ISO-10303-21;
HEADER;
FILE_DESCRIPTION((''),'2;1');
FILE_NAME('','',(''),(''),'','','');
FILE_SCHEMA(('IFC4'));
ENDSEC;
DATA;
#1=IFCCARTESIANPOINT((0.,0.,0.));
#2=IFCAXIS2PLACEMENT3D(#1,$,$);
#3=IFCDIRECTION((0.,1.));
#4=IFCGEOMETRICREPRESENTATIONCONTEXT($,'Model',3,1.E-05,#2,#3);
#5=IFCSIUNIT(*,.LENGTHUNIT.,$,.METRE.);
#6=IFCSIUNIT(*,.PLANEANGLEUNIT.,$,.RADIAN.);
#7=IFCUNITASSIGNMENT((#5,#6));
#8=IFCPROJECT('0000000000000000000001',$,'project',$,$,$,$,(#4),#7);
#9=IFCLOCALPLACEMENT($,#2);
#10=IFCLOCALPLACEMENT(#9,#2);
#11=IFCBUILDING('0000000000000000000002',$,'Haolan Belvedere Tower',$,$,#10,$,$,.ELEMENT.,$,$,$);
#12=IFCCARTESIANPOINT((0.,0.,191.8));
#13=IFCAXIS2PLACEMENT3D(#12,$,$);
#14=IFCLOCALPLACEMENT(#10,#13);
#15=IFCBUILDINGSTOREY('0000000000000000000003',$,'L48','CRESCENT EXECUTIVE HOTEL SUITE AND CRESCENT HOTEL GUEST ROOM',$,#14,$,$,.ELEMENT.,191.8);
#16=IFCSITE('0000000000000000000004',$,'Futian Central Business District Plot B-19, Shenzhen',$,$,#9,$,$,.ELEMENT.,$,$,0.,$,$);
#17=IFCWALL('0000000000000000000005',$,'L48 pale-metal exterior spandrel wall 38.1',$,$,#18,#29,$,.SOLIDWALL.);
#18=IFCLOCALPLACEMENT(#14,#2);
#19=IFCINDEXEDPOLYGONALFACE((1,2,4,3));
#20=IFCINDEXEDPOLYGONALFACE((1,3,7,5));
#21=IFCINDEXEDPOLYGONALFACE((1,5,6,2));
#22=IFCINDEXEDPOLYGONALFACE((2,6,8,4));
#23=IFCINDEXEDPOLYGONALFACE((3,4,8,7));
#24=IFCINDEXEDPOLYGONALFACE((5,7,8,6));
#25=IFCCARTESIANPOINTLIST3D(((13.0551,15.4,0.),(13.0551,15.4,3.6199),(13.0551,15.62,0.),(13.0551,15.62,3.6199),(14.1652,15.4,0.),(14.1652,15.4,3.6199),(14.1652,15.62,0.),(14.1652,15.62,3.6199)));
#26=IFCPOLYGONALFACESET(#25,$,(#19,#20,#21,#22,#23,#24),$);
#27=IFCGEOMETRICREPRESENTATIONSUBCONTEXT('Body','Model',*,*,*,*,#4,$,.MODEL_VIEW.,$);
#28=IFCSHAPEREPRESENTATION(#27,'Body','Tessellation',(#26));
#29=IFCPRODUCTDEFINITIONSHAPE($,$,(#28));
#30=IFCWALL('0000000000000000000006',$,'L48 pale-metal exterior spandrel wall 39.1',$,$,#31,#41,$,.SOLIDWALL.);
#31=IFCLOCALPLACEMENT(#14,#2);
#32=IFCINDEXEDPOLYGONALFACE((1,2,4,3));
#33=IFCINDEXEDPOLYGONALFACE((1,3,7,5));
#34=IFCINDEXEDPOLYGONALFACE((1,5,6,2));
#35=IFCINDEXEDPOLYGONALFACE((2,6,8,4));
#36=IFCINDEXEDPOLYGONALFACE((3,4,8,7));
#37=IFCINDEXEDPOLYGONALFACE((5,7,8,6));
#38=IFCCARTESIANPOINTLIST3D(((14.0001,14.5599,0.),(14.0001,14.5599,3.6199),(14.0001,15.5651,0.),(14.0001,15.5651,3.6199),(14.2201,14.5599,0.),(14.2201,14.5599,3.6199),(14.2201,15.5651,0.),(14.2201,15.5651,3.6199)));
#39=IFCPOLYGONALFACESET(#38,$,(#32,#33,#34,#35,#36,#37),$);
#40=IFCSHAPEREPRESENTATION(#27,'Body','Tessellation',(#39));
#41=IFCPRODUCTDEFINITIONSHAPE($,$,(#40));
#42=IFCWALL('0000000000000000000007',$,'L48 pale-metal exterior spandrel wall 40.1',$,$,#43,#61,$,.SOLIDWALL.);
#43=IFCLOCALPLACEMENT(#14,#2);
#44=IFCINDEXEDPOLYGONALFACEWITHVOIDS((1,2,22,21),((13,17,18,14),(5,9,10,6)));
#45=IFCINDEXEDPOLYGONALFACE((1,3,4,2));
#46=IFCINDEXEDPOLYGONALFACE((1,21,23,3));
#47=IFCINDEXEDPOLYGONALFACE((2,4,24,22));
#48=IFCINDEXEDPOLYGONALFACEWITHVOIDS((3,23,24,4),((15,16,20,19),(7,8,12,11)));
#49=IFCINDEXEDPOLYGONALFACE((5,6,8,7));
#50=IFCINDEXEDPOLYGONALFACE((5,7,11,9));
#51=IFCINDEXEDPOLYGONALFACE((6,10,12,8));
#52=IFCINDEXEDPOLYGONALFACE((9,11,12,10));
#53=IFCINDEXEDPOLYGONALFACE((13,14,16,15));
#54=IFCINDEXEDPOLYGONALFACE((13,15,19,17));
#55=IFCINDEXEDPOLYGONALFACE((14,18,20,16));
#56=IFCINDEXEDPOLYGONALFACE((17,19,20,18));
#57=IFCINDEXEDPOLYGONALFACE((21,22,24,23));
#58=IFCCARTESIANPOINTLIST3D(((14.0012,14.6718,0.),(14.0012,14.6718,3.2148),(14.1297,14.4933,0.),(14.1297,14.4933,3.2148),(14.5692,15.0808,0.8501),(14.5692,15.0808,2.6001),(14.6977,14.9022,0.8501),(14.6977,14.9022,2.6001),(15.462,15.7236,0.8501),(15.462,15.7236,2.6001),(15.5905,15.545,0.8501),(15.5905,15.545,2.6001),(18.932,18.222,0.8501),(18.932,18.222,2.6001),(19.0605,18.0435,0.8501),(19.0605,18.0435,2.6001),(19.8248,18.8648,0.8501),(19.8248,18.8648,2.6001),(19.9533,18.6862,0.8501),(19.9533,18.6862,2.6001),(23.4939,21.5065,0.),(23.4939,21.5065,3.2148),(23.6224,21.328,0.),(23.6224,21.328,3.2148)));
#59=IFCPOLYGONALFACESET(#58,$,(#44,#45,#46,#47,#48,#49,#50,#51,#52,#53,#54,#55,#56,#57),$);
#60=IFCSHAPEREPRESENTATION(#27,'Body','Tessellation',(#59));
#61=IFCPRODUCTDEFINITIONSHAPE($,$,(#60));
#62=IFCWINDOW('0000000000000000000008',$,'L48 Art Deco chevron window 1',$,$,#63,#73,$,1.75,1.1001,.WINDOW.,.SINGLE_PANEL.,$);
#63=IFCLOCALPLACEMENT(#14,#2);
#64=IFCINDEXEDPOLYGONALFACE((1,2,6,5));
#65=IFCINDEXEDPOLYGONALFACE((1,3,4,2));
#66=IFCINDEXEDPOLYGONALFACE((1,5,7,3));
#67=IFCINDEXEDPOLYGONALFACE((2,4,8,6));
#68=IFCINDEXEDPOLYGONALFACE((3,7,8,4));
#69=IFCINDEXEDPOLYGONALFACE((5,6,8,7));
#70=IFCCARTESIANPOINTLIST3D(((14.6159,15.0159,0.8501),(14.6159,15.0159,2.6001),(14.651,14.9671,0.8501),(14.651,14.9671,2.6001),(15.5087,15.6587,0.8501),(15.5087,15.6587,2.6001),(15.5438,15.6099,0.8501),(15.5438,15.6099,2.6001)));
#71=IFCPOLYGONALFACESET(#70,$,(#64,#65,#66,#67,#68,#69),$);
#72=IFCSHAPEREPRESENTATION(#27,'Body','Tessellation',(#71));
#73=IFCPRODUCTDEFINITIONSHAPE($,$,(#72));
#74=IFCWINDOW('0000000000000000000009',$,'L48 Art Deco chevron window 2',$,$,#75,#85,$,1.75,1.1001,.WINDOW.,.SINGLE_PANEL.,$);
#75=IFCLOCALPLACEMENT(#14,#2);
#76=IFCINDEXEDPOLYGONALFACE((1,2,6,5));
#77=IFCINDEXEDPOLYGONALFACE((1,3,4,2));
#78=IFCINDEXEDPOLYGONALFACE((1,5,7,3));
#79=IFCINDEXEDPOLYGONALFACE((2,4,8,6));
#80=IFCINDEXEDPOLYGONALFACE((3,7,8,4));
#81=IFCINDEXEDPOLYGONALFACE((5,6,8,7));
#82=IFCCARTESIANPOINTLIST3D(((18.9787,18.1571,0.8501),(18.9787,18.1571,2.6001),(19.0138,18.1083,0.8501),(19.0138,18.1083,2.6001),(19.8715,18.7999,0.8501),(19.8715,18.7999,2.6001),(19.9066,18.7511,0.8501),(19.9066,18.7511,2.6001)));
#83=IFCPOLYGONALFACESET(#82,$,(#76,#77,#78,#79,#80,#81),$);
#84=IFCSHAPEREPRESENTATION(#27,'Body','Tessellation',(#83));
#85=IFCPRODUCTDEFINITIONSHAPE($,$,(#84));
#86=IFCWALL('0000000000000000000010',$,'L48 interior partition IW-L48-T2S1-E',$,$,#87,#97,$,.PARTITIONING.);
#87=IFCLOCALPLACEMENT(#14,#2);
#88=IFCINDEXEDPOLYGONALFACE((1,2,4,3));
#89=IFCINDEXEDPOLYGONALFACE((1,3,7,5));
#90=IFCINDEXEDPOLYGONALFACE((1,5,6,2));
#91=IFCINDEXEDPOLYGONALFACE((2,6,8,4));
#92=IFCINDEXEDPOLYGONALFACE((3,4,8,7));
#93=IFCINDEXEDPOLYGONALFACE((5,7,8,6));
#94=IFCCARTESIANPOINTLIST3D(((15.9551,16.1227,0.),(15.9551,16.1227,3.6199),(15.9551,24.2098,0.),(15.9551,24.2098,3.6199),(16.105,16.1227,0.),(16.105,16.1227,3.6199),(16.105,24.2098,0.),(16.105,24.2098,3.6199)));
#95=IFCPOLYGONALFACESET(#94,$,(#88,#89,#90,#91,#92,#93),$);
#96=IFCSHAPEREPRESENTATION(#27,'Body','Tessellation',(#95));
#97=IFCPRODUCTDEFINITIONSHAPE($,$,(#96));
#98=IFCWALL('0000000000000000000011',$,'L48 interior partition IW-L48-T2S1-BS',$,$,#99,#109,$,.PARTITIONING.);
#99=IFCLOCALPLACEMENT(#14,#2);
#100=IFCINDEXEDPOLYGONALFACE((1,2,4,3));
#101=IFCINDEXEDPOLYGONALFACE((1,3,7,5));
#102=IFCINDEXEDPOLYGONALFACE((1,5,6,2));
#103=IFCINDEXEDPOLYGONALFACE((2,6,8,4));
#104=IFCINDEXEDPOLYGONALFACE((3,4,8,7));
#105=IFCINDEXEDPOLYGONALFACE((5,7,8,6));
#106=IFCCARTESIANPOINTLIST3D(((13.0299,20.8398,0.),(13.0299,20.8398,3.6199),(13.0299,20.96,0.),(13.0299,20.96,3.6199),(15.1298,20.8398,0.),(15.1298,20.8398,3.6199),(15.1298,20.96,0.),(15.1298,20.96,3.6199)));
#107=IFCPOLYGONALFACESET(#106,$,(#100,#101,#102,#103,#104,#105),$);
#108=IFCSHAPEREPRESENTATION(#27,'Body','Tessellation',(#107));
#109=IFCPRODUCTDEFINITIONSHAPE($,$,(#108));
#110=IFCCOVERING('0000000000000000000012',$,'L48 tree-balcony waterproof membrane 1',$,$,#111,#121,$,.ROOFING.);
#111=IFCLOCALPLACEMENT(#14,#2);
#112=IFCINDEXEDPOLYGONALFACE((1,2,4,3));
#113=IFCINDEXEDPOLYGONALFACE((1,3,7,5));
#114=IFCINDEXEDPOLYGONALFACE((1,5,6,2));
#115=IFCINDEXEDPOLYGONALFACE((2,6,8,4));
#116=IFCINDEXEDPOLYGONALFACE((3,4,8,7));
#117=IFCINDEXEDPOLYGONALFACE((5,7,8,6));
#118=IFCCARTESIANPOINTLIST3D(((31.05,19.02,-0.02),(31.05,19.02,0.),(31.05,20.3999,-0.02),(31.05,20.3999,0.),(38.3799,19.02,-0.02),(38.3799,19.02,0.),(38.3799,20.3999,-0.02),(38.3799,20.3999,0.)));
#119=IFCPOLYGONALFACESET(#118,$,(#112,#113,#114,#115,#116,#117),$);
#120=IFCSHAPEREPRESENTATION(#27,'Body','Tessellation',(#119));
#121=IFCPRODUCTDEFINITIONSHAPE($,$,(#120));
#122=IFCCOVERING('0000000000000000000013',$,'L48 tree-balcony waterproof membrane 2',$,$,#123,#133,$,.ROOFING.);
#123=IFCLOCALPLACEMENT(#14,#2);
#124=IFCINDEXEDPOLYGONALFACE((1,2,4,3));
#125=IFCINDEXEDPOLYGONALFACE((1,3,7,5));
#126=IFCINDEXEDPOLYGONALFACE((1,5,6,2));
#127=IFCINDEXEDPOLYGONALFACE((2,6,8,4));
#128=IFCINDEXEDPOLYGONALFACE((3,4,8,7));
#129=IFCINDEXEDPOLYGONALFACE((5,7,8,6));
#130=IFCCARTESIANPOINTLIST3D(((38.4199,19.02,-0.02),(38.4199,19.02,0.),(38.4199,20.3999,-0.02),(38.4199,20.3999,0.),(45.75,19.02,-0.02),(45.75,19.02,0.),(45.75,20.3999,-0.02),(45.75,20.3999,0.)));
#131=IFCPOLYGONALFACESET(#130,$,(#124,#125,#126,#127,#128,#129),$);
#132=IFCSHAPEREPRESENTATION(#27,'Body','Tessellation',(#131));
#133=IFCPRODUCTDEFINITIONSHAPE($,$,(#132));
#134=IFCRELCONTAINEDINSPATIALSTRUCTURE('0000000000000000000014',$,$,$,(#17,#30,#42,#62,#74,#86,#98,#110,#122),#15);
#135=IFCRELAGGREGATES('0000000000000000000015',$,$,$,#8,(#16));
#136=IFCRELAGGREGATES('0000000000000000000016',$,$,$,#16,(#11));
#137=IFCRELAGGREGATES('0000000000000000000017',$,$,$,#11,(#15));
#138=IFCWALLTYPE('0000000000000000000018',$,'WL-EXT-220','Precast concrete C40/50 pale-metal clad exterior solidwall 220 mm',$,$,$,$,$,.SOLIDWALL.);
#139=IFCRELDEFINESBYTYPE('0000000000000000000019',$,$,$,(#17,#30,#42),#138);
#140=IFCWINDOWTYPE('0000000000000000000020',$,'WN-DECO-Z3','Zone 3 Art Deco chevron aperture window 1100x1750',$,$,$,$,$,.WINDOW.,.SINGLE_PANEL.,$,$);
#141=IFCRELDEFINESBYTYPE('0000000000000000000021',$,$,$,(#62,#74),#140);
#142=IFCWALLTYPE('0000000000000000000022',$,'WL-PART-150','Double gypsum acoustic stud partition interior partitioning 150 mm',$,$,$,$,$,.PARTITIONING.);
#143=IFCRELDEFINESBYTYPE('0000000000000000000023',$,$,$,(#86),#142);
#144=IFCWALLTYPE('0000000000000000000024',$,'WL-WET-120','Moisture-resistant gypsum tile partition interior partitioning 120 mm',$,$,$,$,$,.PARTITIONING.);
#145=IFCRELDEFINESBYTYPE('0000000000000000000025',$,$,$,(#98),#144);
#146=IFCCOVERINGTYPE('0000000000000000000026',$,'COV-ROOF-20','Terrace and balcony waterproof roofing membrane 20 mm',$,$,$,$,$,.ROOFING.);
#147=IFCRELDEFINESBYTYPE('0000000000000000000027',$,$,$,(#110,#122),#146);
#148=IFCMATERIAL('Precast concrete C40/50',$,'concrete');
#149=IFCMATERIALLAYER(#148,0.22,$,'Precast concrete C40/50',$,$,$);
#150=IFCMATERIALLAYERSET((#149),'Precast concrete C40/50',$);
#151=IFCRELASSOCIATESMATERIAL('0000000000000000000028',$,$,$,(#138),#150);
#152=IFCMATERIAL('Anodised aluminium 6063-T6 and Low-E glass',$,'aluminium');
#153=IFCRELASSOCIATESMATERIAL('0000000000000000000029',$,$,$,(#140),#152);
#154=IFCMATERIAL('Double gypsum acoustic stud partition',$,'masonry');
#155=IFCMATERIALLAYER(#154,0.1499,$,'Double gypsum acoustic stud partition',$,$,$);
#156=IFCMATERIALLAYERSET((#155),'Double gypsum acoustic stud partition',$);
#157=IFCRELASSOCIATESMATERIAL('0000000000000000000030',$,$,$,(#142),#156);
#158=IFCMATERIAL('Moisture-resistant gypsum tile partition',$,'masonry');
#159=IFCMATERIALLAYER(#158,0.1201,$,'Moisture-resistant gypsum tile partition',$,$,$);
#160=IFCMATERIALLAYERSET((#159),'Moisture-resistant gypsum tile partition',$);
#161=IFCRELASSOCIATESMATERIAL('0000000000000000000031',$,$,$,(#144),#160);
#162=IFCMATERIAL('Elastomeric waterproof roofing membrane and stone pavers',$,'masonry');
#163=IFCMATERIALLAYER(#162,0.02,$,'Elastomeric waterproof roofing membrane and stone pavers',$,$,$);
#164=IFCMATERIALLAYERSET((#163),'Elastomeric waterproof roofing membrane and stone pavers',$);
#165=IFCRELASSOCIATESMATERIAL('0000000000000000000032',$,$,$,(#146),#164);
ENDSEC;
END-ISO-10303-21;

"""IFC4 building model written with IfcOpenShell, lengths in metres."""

from ifc_helpers import new_model, si_unit, direction, frame, frame_2d, origin, place, context, subcontext, project, spatial, polyline, rectangle, outline, extrude, material, layer, layer_set, type_object, element, fill, save


model = new_model("IFC4")

# Units and contexts
model_context = context("Model", 3, precision=1e-05, world=origin(), true_north=direction((0.0, 1.0)))
body_context = subcontext(model_context, "Body", "Model", "MODEL_VIEW")
ifc_project = project(units=[si_unit("LENGTHUNIT", "METRE"), si_unit("PLANEANGLEUNIT", "RADIAN")], contexts=[model_context])

# Site, building, storey
site_placement = place(None, origin())
site = spatial("IfcSite", under=ifc_project, at=site_placement, Name="Futian Central Business District Plot B-19, Shenzhen", CompositionType="ELEMENT", RefElevation=0.0)
building_placement = place(site_placement, origin())
building = spatial("IfcBuilding", under=site, at=building_placement, Name="Haolan Belvedere Tower", CompositionType="ELEMENT")
storey_placement = place(building_placement, frame((0.0, 0.0, 191.8)))
storey = spatial("IfcBuildingStorey", under=building, at=storey_placement, Name="L48", Description="CRESCENT EXECUTIVE HOTEL SUITE AND CRESCENT HOTEL GUEST ROOM", CompositionType="ELEMENT", Elevation=191.8)

# Walls
ifc_material_1 = material(Name="Precast concrete C40/50", Category="concrete")
ifc_layer_1 = layer(ifc_material_1, 0.22, Name="Precast concrete C40/50")
ifc_layer_set_1 = layer_set([ifc_layer_1], Name="Precast concrete C40/50")
wall_type_1 = type_object("IfcWallType", Name="WL-EXT-220", Description="Precast concrete C40/50 pale-metal clad exterior solidwall 220 mm", PredefinedType="SOLIDWALL", material=ifc_layer_set_1)
wall_1_placement = place(storey_placement, frame((13.0549, 15.51, 0.0), z_axis=(0.0, 0.0, 1.0), x_axis=(1.0, 0.0, 0.0)))
element("IfcWall", 1, at=wall_1_placement, inside=storey, type_object=wall_type_1, Name="L48 pale-metal exterior spandrel wall 38.1", PredefinedType="SOLIDWALL", context=body_context, shape_type="SweptSolid", body=[
    extrude(rectangle(XDim=1.1101, YDim=0.22, at=frame_2d((0.5552, 0.0))), origin(), (0.0, 0.0, 1.0), 3.6199),
])
wall_2_placement = place(storey_placement, frame((14.1101, 15.5649, 0.0), z_axis=(0.0, 0.0, 1.0), x_axis=(0.0, -1.0, 0.0)))
element("IfcWall", 2, at=wall_2_placement, inside=storey, type_object=wall_type_1, Name="L48 pale-metal exterior spandrel wall 39.1", PredefinedType="SOLIDWALL", context=body_context, shape_type="SweptSolid", body=[
    extrude(rectangle(XDim=1.0051, YDim=0.22, at=frame_2d((0.5024, 0.0))), origin(), (0.0, 0.0, 1.0), 3.6199),
])

# Wall, openings, windows
wall_3_placement = place(storey_placement, frame((14.0654, 14.5825, 0.0), z_axis=(0.0, 0.0, 1.0), x_axis=(0.811535, 0.584304, 0.0)))
wall_3 = element("IfcWall", 3, at=wall_3_placement, inside=storey, type_object=wall_type_1, Name="L48 pale-metal exterior spandrel wall 40.1", PredefinedType="SOLIDWALL", context=body_context, shape_type="SweptSolid", body=[
    extrude(rectangle(XDim=11.6973, YDim=0.22, at=frame_2d((5.8486, 0.0))), origin(), (0.0, 0.0, 1.0), 3.2148),
])
opening_1_placement = place(wall_3_placement, frame((0.7, 0.0, 0.8501)))
opening_1 = element("IfcOpeningElement", 4, at=opening_1_placement, cuts=wall_3, PredefinedType="OPENING", context=body_context, shape_type="SweptSolid", body=[
    extrude(rectangle(XDim=1.1001, YDim=1.75, at=frame_2d((0.55, 0.875))), frame((0.0, 0.1199, 0.0), z_axis=(0.0, -1.0, 0.0), x_axis=(1.0, 0.0, 0.0)), (0.0, 0.0, 1.0), 0.24),
])
opening_2_placement = place(wall_3_placement, frame((6.0759, 0.0, 0.8501)))
opening_2 = element("IfcOpeningElement", 5, at=opening_2_placement, cuts=wall_3, PredefinedType="OPENING", context=body_context, shape_type="SweptSolid", body=[
    extrude(rectangle(XDim=1.1001, YDim=1.75, at=frame_2d((0.55, 0.875))), frame((0.0, 0.1199, 0.0), z_axis=(0.0, -1.0, 0.0), x_axis=(1.0, 0.0, 0.0)), (0.0, 0.0, 1.0), 0.24),
])
ifc_material_2 = material(Name="Anodised aluminium 6063-T6 and Low-E glass", Category="aluminium")
window_type = type_object("IfcWindowType", Name="WN-DECO-Z3", Description="Zone 3 Art Deco chevron aperture window 1100x1750", PartitioningType="SINGLE_PANEL", PredefinedType="WINDOW", material=ifc_material_2)
window_1_placement = place(opening_1_placement, origin())
window_1 = element("IfcWindow", 6, at=window_1_placement, inside=storey, type_object=window_type, Name="L48 Art Deco chevron window 1", OverallHeight=1.75, OverallWidth=1.1001, PartitioningType="SINGLE_PANEL", PredefinedType="WINDOW", context=body_context, shape_type="SweptSolid", body=[
    extrude(rectangle(XDim=1.1001, YDim=1.75, at=frame_2d((0.55, 0.875))), frame((0.0, 0.03, 0.0), z_axis=(0.0, -1.0, 0.0), x_axis=(1.0, 0.0, 0.0)), (0.0, 0.0, 1.0), 0.0601),
])
fill(opening_1, window_1)
window_2_placement = place(opening_2_placement, origin())
window_2 = element("IfcWindow", 7, at=window_2_placement, inside=storey, type_object=window_type, Name="L48 Art Deco chevron window 2", OverallHeight=1.75, OverallWidth=1.1001, PartitioningType="SINGLE_PANEL", PredefinedType="WINDOW", context=body_context, shape_type="SweptSolid", body=[
    extrude(rectangle(XDim=1.1001, YDim=1.75, at=frame_2d((0.55, 0.875))), frame((0.0, 0.03, 0.0), z_axis=(0.0, -1.0, 0.0), x_axis=(1.0, 0.0, 0.0)), (0.0, 0.0, 1.0), 0.0601),
])
fill(opening_2, window_2)

# Walls
ifc_material_3 = material(Name="Double gypsum acoustic stud partition", Category="masonry")
ifc_layer_2 = layer(ifc_material_3, 0.1499, Name="Double gypsum acoustic stud partition")
ifc_layer_set_2 = layer_set([ifc_layer_2], Name="Double gypsum acoustic stud partition")
wall_type_2 = type_object("IfcWallType", Name="WL-PART-150", Description="Double gypsum acoustic stud partition interior partitioning 150 mm", PredefinedType="PARTITIONING", material=ifc_layer_set_2)
wall_4_placement = place(storey_placement, frame((16.03, 16.1228, 0.0), z_axis=(0.0, 0.0, 1.0), x_axis=(0.0, 1.0, 0.0)))
element("IfcWall", 8, at=wall_4_placement, inside=storey, type_object=wall_type_2, Name="L48 interior partition IW-L48-T2S1-E", PredefinedType="PARTITIONING", context=body_context, shape_type="SweptSolid", body=[
    extrude(rectangle(XDim=8.0872, YDim=0.1499, at=frame_2d((4.0435, 0.0))), origin(), (0.0, 0.0, 1.0), 3.6199),
])
ifc_material_4 = material(Name="Moisture-resistant gypsum tile partition", Category="masonry")
ifc_layer_3 = layer(ifc_material_4, 0.1201, Name="Moisture-resistant gypsum tile partition")
ifc_layer_set_3 = layer_set([ifc_layer_3], Name="Moisture-resistant gypsum tile partition")
wall_type_3 = type_object("IfcWallType", Name="WL-WET-120", Description="Moisture-resistant gypsum tile partition interior partitioning 120 mm", PredefinedType="PARTITIONING", material=ifc_layer_set_3)
wall_5_placement = place(storey_placement, frame((13.03, 20.8999, 0.0), z_axis=(0.0, 0.0, 1.0), x_axis=(1.0, 0.0, 0.0)))
element("IfcWall", 9, at=wall_5_placement, inside=storey, type_object=wall_type_3, Name="L48 interior partition IW-L48-T2S1-BS", PredefinedType="PARTITIONING", context=body_context, shape_type="SweptSolid", body=[
    extrude(rectangle(XDim=2.0999, YDim=0.1201, at=frame_2d((1.0498, 0.0))), origin(), (0.0, 0.0, 1.0), 3.6199),
])

# Coverings
ifc_material_5 = material(Name="Elastomeric waterproof roofing membrane and stone pavers", Category="masonry")
ifc_layer_4 = layer(ifc_material_5, 0.02, Name="Elastomeric waterproof roofing membrane and stone pavers")
ifc_layer_set_4 = layer_set([ifc_layer_4], Name="Elastomeric waterproof roofing membrane and stone pavers")
covering_type = type_object("IfcCoveringType", Name="COV-ROOF-20", Description="Terrace and balcony waterproof roofing membrane 20 mm", PredefinedType="ROOFING", material=ifc_layer_set_4)
covering_1_placement = place(storey_placement, frame((0.0, 0.0, -0.02)))
element("IfcCovering", 10, at=covering_1_placement, inside=storey, type_object=covering_type, Name="L48 tree-balcony waterproof membrane 1", PredefinedType="ROOFING", context=body_context, shape_type="SweptSolid", body=[
    extrude(outline(polyline([(31.05, 19.02), (38.3799, 19.02), (38.3799, 20.3999), (31.05, 20.3999), (31.05, 19.02)])), origin(), (0.0, 0.0, 1.0), 0.02),
])
covering_2_placement = place(storey_placement, frame((0.0, 0.0, -0.02)))
element("IfcCovering", 11, at=covering_2_placement, inside=storey, type_object=covering_type, Name="L48 tree-balcony waterproof membrane 2", PredefinedType="ROOFING", context=body_context, shape_type="SweptSolid", body=[
    extrude(outline(polyline([(38.4199, 19.02), (45.75, 19.02), (45.75, 20.3999), (38.4199, 20.3999), (38.4199, 19.02)])), origin(), (0.0, 0.0, 1.0), 0.02),
])

save(model, "model.ifc")
